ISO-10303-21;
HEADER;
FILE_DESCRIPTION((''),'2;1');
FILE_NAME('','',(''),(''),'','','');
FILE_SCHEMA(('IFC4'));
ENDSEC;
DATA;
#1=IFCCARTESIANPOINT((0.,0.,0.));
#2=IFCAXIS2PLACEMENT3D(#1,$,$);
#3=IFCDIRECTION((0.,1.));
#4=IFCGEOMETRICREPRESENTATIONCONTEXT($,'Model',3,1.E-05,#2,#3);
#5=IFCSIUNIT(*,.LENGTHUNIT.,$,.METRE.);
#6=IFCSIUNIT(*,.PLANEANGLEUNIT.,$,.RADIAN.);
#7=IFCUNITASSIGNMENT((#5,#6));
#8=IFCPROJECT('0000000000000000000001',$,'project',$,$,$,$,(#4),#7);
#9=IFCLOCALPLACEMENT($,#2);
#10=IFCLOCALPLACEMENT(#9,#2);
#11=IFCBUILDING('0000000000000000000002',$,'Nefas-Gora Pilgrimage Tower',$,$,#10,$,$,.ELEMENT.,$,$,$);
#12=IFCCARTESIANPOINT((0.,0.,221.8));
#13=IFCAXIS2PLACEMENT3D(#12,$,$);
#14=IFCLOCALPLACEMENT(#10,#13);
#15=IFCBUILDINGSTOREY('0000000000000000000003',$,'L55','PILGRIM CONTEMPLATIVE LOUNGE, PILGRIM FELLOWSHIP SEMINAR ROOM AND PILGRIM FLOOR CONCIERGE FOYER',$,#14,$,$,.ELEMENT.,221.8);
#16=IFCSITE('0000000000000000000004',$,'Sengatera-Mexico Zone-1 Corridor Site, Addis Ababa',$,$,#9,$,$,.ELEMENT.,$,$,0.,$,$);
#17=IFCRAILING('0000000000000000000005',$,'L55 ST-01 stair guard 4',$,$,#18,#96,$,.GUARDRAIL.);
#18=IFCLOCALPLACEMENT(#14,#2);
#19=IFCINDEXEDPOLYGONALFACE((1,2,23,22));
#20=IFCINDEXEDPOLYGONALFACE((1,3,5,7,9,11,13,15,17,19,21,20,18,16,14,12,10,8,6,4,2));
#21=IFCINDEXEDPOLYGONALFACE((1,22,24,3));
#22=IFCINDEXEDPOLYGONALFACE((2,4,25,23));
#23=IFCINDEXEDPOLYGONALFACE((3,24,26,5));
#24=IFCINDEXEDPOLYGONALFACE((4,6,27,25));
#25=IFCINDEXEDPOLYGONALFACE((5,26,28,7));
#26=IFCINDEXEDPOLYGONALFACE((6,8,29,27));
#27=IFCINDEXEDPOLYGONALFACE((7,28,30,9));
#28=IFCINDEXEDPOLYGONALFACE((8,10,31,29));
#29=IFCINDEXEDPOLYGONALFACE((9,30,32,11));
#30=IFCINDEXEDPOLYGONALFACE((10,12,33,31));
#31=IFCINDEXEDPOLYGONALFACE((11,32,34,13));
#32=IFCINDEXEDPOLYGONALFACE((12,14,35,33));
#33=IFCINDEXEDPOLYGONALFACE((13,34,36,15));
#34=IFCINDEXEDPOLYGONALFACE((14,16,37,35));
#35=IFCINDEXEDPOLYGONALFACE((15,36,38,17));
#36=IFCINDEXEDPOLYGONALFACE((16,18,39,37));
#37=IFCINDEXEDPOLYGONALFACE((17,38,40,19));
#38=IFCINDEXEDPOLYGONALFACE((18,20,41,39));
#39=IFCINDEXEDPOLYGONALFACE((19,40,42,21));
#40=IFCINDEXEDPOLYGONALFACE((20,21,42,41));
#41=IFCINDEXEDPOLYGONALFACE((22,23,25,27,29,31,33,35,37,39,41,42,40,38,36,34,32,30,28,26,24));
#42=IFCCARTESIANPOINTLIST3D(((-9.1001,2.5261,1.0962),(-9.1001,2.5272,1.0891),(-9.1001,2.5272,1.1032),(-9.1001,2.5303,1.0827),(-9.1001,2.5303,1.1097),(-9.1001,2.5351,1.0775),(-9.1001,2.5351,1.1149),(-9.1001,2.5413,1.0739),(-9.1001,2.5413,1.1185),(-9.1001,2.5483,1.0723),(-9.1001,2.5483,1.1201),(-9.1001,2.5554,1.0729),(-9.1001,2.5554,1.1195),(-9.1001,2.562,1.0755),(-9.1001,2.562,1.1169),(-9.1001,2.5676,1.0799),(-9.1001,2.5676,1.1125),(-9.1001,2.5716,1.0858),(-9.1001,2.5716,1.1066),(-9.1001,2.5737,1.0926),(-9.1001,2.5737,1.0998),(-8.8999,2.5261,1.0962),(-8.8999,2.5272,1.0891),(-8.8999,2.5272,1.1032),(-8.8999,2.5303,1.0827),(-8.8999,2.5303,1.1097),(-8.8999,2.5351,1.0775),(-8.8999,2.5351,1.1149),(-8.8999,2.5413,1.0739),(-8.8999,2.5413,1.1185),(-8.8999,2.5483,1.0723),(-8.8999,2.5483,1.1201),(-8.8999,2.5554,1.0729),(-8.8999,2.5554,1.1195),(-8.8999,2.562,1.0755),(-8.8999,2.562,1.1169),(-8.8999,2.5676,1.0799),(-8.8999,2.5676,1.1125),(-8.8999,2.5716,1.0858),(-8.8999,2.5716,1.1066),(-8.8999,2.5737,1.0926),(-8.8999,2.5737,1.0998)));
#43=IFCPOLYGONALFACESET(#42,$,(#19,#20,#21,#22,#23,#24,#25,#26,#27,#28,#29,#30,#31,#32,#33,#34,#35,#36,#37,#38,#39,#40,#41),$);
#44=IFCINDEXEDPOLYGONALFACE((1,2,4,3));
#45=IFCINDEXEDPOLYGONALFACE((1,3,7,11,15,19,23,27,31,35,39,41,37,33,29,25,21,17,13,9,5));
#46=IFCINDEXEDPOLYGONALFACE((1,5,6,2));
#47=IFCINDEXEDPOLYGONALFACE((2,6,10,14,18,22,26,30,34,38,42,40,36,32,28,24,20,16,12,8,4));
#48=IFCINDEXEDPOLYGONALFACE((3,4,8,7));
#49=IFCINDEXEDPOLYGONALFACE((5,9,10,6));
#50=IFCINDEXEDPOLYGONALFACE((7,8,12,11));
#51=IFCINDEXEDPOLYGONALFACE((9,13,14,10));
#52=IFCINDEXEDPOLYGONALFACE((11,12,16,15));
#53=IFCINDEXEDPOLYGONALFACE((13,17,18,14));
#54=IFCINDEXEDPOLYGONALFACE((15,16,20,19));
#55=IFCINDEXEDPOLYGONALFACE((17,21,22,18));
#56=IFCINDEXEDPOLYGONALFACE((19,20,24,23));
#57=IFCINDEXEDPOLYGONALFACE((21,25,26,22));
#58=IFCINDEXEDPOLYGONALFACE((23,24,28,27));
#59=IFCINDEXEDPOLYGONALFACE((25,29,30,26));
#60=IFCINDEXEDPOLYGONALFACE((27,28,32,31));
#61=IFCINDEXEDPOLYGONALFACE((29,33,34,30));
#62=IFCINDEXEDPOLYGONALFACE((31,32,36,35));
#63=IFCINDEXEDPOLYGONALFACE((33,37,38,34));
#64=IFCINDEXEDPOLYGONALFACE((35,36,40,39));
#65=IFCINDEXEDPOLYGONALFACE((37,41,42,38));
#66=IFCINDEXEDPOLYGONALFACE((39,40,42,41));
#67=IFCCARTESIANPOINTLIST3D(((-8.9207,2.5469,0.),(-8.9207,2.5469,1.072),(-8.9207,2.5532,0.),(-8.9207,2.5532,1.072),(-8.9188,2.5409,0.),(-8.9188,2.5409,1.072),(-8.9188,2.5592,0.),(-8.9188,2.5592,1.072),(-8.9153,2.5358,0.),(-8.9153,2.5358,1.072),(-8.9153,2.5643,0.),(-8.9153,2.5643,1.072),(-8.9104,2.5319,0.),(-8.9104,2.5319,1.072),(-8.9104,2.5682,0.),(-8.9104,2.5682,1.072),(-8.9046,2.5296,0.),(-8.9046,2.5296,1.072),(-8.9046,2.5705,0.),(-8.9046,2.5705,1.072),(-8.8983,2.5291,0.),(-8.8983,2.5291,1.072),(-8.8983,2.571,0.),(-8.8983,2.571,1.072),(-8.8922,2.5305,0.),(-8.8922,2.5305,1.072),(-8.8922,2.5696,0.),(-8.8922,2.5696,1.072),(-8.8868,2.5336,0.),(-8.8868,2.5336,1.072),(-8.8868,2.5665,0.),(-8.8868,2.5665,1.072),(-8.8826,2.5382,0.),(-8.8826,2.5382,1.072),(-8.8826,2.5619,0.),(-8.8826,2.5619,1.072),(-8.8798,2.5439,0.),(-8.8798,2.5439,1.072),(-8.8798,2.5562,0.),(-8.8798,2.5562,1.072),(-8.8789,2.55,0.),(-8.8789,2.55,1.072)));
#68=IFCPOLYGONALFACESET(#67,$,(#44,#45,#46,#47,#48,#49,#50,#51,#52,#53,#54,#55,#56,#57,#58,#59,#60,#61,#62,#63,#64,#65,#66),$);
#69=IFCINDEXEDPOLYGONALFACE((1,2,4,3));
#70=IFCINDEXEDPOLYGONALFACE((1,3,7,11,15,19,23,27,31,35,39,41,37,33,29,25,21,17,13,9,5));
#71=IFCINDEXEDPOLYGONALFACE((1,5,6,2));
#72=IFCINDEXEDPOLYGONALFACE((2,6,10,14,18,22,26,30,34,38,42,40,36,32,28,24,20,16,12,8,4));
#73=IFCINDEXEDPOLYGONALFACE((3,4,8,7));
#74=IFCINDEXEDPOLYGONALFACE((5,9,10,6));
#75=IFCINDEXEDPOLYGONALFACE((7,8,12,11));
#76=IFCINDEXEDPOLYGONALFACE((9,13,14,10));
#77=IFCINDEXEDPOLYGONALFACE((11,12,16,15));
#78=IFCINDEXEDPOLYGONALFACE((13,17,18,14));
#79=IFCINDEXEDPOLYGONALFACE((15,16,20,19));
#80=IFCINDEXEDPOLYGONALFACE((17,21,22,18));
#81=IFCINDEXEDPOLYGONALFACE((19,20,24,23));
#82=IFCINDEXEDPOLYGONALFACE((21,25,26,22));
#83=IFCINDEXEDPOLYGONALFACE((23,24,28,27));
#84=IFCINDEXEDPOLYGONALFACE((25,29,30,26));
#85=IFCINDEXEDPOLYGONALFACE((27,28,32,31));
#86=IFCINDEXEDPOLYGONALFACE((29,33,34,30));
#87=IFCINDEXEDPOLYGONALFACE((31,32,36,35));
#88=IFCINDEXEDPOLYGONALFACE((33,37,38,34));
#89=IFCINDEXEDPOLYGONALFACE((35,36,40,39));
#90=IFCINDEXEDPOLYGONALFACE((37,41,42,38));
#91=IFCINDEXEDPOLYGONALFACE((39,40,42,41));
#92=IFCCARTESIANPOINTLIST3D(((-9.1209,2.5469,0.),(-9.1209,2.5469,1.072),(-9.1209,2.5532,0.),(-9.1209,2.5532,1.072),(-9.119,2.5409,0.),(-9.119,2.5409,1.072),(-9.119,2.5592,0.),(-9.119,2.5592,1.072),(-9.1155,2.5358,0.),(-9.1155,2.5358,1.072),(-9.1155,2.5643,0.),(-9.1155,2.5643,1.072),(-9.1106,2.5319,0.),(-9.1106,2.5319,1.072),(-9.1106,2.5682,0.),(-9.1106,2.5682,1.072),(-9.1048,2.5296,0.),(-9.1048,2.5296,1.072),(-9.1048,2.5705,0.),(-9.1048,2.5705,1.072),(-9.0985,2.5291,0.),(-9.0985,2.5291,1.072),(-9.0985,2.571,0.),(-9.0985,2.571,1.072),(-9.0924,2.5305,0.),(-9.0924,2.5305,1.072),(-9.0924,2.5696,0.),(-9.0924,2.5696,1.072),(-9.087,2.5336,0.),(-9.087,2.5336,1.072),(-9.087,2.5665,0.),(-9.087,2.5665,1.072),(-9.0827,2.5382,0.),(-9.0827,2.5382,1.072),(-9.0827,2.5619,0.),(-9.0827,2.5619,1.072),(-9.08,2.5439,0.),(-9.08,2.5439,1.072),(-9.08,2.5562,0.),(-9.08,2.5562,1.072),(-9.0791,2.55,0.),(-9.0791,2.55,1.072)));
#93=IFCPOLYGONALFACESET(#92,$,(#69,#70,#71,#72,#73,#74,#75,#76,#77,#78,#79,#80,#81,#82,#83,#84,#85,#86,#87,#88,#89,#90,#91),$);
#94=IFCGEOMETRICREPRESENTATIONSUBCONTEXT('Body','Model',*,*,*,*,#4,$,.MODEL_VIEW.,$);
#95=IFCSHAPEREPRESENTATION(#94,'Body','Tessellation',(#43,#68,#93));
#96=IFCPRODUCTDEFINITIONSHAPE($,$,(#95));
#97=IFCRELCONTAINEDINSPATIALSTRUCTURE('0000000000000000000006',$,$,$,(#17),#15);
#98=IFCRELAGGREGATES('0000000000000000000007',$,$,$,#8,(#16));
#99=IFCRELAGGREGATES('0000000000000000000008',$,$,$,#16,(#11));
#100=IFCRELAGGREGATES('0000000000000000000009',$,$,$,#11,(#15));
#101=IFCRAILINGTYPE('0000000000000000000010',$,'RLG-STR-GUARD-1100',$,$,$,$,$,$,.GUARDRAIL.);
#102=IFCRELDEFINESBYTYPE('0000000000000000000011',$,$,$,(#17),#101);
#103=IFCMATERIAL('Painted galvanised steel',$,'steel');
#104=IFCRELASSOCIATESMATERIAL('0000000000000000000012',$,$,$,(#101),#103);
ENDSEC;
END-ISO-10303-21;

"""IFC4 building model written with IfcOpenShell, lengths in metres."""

from ifc_helpers import new_model, si_unit, direction, frame, origin, origin_2d, place, context, subcontext, project, spatial, circle, extrude, material, type_object, element, save


model = new_model("IFC4")

# Units and contexts
model_context = context("Model", 3, precision=1e-05, world=origin(), true_north=direction((0.0, 1.0)))
body_context = subcontext(model_context, "Body", "Model", "MODEL_VIEW")
ifc_project = project(units=[si_unit("LENGTHUNIT", "METRE"), si_unit("PLANEANGLEUNIT", "RADIAN")], contexts=[model_context])

# Site, building, storey
site_placement = place(None, origin())
site = spatial("IfcSite", under=ifc_project, at=site_placement, Name="Sengatera-Mexico Zone-1 Corridor Site, Addis Ababa", CompositionType="ELEMENT", RefElevation=0.0)
building_placement = place(site_placement, origin())
building = spatial("IfcBuilding", under=site, at=building_placement, Name="Nefas-Gora Pilgrimage Tower", CompositionType="ELEMENT")
storey_placement = place(building_placement, frame((0.0, 0.0, 221.8)))
storey = spatial("IfcBuildingStorey", under=building, at=storey_placement, Name="L55", Description="PILGRIM CONTEMPLATIVE LOUNGE, PILGRIM FELLOWSHIP SEMINAR ROOM AND PILGRIM FLOOR CONCIERGE FOYER", CompositionType="ELEMENT", Elevation=221.8)

# Railing
ifc_material_1 = material(Name="Painted galvanised steel", Category="steel")
railing_type_1 = type_object("IfcRailingType", Name="RLG-STR-GUARD-1100", PredefinedType="GUARDRAIL", material=ifc_material_1)
railing_1_placement = place(storey_placement, frame((-8.8999, 2.55, 0.0)))
element("IfcRailing", 1, at=railing_1_placement, inside=storey, type_object=railing_type_1, Name="L55 ST-01 stair guard 4", PredefinedType="GUARDRAIL", context=body_context, shape_type="SweptSolid", body=[
    extrude(circle(Radius=0.0239, at=origin_2d()), frame((0.0, 0.0, 1.0962), z_axis=(-1.0, 0.0, 0.0), x_axis=(0.0, -1.0, 0.0)), (0.0, 0.0, 1.0), 0.2002),
    extrude(circle(Radius=0.021, at=origin_2d()), origin(), (0.0, 0.0, 1.0), 1.072),
    extrude(circle(Radius=0.021, at=origin_2d()), frame((-0.2002, 0.0, 0.0)), (0.0, 0.0, 1.0), 1.072),
])

save(model, "model.ifc")
